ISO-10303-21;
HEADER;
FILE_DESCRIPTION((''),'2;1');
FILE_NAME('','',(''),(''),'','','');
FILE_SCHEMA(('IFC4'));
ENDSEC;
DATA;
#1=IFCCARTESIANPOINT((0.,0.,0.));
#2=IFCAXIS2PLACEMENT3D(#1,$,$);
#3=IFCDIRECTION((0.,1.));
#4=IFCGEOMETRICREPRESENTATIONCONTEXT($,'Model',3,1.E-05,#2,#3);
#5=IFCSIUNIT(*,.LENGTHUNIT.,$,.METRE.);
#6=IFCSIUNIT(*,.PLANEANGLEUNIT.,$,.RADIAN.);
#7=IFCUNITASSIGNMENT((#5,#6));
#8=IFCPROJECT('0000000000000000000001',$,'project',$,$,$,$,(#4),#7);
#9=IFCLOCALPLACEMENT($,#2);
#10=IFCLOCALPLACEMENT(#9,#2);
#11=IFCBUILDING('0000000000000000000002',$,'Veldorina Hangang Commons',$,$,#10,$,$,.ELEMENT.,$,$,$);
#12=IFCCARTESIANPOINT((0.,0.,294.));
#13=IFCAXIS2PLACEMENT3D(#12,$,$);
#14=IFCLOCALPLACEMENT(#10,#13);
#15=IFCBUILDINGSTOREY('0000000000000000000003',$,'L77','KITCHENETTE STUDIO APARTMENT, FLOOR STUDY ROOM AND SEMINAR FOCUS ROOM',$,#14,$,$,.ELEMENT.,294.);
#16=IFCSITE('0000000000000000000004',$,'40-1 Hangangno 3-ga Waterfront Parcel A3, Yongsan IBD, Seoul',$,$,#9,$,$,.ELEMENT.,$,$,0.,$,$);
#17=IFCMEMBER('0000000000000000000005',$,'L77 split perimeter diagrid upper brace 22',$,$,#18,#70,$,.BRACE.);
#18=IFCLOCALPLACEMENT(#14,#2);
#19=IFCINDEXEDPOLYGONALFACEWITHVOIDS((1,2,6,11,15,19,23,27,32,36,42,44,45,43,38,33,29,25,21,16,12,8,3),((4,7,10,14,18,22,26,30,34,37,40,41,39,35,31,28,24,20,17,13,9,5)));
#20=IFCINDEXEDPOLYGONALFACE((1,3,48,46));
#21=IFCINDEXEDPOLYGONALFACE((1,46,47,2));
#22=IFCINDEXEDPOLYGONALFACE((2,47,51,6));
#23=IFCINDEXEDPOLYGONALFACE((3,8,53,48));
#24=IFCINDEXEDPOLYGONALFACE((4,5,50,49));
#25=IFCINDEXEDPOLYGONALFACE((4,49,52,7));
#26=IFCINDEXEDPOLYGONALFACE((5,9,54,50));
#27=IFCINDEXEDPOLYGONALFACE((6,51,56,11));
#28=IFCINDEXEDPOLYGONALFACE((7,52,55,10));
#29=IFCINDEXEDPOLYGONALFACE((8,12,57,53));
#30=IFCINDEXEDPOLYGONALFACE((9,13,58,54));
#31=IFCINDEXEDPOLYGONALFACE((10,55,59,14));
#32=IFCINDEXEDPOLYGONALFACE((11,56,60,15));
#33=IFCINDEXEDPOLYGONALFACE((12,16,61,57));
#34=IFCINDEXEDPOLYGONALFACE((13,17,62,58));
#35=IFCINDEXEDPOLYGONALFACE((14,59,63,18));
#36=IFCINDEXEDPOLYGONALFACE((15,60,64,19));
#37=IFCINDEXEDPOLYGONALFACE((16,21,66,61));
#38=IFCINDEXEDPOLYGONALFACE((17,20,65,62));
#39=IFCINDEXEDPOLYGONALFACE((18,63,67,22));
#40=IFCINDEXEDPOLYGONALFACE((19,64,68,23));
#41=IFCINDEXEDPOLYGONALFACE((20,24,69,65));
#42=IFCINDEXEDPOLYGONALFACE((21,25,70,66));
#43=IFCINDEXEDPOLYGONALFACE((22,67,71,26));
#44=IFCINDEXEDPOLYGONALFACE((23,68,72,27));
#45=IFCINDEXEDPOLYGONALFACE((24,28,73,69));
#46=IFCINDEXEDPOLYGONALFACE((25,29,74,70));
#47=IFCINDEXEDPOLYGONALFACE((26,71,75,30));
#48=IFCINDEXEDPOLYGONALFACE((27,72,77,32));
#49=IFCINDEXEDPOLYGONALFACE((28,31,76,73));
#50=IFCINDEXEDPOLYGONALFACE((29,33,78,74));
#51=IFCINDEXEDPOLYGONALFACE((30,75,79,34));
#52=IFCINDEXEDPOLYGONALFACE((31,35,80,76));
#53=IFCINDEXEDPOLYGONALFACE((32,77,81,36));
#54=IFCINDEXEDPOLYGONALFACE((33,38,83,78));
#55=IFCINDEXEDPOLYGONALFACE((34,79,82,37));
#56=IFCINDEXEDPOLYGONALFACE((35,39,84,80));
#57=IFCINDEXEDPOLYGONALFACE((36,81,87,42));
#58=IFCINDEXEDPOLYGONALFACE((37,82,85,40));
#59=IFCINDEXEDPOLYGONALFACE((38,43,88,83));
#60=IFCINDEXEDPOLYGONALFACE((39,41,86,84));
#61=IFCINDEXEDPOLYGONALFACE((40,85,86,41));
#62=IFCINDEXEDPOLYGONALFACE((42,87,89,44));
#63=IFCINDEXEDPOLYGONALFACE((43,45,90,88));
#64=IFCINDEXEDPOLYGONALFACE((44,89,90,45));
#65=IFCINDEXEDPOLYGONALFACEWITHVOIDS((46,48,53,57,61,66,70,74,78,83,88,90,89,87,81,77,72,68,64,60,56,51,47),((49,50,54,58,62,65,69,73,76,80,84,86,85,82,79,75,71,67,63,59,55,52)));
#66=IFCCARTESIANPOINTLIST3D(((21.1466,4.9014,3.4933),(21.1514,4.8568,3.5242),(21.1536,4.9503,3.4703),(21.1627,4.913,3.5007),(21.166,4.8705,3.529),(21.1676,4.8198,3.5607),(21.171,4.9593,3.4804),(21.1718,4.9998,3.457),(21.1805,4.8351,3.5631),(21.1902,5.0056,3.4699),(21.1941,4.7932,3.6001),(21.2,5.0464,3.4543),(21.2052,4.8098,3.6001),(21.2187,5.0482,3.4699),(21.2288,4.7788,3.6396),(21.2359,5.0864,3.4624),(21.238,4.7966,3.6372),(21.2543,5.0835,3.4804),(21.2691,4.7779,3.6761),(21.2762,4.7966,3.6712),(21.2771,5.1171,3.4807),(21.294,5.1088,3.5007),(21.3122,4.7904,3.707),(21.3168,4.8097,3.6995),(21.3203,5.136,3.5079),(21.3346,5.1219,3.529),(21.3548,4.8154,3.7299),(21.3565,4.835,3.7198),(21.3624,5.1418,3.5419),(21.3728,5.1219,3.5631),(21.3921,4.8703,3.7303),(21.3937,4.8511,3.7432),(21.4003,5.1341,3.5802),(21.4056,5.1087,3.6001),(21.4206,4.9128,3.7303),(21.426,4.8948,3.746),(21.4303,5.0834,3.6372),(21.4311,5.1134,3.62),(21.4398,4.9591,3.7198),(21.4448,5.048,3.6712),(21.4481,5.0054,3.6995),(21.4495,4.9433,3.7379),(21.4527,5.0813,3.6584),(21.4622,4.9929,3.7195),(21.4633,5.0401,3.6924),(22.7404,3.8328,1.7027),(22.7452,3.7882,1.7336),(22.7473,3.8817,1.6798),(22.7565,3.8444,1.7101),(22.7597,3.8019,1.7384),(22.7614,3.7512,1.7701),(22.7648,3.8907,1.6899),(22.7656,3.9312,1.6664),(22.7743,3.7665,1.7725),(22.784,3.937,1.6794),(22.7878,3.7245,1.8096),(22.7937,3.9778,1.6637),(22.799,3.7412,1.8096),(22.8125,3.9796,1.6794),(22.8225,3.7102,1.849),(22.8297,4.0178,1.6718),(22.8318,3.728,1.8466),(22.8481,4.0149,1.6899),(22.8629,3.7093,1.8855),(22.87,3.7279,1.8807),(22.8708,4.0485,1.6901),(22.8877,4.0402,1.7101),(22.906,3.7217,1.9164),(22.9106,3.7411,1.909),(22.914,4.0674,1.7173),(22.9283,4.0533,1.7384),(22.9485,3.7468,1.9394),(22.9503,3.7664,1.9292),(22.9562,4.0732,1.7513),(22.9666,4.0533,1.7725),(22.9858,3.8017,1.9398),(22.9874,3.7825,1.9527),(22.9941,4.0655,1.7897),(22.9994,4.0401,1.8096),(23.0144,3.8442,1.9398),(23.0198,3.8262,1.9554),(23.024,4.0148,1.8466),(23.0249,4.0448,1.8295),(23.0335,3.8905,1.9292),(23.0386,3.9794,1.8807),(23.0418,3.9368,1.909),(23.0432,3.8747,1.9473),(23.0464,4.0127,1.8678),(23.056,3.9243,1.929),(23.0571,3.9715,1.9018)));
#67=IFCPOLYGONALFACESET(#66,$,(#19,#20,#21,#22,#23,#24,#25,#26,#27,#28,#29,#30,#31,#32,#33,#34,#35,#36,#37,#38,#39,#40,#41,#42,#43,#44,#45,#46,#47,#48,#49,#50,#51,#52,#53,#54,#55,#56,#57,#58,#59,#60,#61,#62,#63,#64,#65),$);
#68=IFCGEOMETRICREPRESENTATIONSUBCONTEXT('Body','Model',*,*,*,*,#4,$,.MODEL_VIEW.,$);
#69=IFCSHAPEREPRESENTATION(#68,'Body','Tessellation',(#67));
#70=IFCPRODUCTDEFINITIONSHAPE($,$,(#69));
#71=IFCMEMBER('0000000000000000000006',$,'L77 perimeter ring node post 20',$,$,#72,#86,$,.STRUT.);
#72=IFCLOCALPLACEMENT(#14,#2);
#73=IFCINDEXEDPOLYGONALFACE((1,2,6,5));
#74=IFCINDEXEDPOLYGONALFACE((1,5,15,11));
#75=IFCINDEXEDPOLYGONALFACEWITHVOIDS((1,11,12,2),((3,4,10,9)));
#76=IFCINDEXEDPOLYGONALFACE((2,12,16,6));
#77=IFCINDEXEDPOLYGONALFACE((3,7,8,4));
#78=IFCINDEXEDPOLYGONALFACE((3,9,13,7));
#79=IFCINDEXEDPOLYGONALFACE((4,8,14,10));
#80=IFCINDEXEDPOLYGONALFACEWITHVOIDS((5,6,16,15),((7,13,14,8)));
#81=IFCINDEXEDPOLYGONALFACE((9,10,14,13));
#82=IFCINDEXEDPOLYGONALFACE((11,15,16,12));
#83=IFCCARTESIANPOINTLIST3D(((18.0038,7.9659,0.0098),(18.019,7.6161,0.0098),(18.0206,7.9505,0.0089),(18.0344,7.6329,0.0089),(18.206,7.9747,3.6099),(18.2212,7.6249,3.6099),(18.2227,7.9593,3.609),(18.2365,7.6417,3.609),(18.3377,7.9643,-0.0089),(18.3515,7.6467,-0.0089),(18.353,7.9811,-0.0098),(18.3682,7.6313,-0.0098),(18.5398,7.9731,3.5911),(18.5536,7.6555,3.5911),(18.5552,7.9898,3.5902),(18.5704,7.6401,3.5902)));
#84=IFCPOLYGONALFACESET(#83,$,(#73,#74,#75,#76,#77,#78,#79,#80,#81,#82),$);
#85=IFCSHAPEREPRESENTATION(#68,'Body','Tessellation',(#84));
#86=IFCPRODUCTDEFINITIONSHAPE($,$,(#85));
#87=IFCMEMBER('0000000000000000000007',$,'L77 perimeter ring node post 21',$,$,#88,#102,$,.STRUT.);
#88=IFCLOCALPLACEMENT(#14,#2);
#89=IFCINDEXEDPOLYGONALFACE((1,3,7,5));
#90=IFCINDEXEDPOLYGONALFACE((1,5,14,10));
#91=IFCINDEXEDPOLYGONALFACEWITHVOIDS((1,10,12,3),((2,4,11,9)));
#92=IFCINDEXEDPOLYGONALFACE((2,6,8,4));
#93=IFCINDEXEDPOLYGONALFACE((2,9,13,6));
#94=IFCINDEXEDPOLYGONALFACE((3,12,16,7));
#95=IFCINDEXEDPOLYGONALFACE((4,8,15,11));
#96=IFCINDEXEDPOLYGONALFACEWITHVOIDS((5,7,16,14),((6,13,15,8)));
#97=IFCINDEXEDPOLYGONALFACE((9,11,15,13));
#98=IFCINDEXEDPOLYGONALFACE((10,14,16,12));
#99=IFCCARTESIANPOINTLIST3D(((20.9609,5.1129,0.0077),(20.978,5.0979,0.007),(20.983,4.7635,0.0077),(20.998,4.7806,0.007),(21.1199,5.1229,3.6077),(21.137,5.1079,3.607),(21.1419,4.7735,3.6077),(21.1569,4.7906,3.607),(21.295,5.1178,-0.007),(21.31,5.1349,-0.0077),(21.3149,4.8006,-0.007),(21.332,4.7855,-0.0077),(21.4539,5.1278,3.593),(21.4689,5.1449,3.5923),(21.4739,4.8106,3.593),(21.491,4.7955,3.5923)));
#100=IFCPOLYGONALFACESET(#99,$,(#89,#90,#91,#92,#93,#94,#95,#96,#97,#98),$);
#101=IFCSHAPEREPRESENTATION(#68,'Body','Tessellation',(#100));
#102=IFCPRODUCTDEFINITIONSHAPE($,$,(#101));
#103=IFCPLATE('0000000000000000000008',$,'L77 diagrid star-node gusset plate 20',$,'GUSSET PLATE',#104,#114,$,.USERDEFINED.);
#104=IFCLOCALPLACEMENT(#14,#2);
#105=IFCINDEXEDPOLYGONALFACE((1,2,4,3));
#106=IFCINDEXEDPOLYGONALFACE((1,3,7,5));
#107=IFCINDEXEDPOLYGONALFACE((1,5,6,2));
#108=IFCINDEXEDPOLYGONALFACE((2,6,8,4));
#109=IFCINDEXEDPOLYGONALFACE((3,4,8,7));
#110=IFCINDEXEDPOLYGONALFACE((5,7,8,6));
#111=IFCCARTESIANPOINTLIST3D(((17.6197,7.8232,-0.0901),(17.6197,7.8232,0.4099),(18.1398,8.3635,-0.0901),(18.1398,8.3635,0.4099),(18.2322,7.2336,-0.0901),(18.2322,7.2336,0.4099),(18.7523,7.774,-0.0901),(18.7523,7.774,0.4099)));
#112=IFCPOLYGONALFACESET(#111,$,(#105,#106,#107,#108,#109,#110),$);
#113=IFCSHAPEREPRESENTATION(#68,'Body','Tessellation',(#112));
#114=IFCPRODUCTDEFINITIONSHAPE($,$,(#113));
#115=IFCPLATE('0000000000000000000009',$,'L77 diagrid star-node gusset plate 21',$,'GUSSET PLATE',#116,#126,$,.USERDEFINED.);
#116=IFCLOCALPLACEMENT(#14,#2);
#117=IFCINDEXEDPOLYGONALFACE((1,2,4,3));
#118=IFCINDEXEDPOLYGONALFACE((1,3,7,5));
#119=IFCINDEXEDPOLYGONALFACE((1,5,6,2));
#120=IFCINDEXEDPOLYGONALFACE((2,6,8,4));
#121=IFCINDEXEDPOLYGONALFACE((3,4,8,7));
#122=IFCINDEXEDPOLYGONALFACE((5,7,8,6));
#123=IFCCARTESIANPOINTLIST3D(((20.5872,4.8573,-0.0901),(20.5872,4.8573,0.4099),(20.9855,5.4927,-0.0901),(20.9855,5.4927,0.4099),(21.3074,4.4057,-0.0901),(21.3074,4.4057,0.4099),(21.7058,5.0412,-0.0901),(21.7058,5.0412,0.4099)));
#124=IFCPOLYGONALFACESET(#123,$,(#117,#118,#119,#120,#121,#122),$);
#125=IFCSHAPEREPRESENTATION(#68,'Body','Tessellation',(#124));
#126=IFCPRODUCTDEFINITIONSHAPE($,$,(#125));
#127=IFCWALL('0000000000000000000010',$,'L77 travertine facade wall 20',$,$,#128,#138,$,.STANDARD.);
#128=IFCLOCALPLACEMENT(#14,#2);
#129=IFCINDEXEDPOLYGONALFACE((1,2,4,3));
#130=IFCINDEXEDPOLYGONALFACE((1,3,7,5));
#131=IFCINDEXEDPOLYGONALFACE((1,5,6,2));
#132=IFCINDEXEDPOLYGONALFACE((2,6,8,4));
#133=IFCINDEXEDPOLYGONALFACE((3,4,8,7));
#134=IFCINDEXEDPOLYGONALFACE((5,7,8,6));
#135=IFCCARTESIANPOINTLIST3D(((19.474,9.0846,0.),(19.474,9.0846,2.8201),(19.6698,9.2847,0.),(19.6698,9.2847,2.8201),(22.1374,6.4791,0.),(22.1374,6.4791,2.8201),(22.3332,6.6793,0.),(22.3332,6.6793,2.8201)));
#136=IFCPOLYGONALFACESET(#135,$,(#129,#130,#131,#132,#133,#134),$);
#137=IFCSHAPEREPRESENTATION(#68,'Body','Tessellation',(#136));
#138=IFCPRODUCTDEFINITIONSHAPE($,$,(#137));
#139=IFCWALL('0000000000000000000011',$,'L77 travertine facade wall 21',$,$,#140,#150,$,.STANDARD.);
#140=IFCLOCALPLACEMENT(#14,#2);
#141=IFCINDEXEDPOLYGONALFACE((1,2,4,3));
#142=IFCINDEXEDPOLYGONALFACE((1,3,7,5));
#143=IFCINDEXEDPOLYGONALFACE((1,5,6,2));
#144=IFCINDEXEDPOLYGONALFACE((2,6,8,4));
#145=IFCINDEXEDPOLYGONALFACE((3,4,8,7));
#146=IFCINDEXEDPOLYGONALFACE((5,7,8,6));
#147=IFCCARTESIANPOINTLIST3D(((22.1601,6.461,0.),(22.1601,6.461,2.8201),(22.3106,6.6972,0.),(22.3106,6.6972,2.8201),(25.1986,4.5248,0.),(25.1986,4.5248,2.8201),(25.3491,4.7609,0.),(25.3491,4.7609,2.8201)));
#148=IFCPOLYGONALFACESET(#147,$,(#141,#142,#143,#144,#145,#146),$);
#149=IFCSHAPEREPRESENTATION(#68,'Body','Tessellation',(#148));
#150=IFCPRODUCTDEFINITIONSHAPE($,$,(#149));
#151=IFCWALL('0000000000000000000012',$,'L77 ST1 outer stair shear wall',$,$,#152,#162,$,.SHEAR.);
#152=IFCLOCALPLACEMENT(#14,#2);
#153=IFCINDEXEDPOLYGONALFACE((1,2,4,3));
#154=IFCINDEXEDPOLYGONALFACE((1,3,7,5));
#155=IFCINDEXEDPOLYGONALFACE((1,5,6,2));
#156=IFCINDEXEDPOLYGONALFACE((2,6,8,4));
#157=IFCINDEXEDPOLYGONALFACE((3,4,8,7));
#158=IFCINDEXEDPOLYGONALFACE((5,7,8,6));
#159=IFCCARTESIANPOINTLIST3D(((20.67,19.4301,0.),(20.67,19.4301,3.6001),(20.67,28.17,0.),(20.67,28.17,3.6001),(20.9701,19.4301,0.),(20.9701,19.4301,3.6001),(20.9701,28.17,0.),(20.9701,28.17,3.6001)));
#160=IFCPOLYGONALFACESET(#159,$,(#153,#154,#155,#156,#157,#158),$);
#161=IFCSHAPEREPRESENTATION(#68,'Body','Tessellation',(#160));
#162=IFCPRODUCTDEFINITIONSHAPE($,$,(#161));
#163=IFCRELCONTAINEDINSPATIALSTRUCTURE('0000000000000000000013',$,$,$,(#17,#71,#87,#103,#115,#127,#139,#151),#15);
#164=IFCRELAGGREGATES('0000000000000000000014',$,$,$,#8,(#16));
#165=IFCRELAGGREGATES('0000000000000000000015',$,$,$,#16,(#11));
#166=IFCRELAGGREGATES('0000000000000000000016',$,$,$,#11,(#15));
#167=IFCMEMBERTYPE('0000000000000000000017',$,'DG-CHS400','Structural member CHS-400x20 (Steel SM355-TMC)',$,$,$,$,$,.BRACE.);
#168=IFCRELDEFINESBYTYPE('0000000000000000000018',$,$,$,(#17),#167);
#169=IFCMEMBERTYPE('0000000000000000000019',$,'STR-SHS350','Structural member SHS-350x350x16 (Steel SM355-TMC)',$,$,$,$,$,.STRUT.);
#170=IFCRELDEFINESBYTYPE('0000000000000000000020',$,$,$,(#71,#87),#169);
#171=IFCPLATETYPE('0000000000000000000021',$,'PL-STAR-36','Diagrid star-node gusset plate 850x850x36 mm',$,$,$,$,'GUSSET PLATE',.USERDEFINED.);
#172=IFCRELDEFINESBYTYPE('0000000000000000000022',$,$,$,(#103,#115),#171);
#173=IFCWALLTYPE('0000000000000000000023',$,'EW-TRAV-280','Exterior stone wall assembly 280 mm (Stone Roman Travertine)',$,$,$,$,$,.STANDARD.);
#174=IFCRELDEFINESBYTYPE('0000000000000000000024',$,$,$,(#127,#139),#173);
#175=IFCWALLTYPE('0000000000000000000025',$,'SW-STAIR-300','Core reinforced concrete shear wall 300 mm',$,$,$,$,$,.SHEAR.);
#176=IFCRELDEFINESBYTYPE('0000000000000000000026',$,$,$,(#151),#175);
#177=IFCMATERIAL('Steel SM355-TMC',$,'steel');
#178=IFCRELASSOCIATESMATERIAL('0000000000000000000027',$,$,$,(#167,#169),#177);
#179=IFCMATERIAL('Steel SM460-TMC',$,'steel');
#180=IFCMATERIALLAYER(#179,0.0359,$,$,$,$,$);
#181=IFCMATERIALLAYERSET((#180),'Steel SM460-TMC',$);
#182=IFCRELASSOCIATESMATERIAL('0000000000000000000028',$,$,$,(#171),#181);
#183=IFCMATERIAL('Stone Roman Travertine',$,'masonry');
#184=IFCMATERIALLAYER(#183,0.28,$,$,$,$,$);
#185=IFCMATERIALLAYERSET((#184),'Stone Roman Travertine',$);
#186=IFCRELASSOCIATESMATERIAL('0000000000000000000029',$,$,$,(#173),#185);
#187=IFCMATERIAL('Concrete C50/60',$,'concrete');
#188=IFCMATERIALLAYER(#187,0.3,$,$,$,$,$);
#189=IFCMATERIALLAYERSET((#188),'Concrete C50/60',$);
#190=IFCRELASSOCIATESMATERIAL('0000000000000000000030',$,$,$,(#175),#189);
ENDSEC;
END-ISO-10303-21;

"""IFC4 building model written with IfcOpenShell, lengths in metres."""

from ifc_helpers import new_model, si_unit, direction, frame, frame_2d, origin, origin_2d, place, context, subcontext, project, spatial, rectangle, hollow_rectangle, hollow_circle, extrude, material, layer, layer_set, material_profile, profile_set, type_object, element, save


model = new_model("IFC4")

# Units and contexts
model_context = context("Model", 3, precision=1e-05, world=origin(), true_north=direction((0.0, 1.0)))
body_context = subcontext(model_context, "Body", "Model", "MODEL_VIEW")
ifc_project = project(units=[si_unit("LENGTHUNIT", "METRE"), si_unit("PLANEANGLEUNIT", "RADIAN")], contexts=[model_context])

# Site, building, storey
site_placement = place(None, origin())
site = spatial("IfcSite", under=ifc_project, at=site_placement, Name="40-1 Hangangno 3-ga Waterfront Parcel A3, Yongsan IBD, Seoul", CompositionType="ELEMENT", RefElevation=0.0)
building_placement = place(site_placement, origin())
building = spatial("IfcBuilding", under=site, at=building_placement, Name="Veldorina Hangang Commons", CompositionType="ELEMENT")
storey_placement = place(building_placement, frame((0.0, 0.0, 294.0)))
storey = spatial("IfcBuildingStorey", under=building, at=storey_placement, Name="L77", Description="KITCHENETTE STUDIO APARTMENT, FLOOR STUDY ROOM AND SEMINAR FOCUS ROOM", CompositionType="ELEMENT", Elevation=294.0)

# Shared definitions
ifc_material_1 = material(Name="Steel SM460-TMC", Category="steel")
ifc_material_2 = material(Name="Steel SM355-TMC", Category="steel")

# Members
ifc_material_profile_1 = material_profile(ifc_material_2, hollow_circle(Radius=0.2, WallThickness=0.02, at=origin_2d()), Name="CHS-400x20")
ifc_profile_set_1 = profile_set([ifc_material_profile_1], Name="Steel SM355-TMC")
member_type_1 = type_object("IfcMemberType", Name="DG-CHS400", Description="Structural member CHS-400x20 (Steel SM355-TMC)", PredefinedType="BRACE", material=ifc_profile_set_1)
member_1_placement = place(storey_placement, frame((22.8992, 3.8906, 1.8096), z_axis=(-0.607261, 0.407166, 0.682239), x_axis=(-0.5569, -0.830579, 0.0)))
element("IfcMember", 1, at=member_1_placement, inside=storey, type_object=member_type_1, Name="L77 split perimeter diagrid upper brace 22", PredefinedType="BRACE", context=body_context, shape_type="SweptSolid", body=[
    extrude(hollow_circle(Radius=0.2, WallThickness=0.02, at=origin_2d()), origin(), (0.0, 0.0, 1.0), 2.6245),
])
ifc_material_profile_2 = material_profile(ifc_material_2, hollow_rectangle(XDim=0.3501, YDim=0.3501, WallThickness=0.0161, at=origin_2d()), Name="SHS-350x350x16")
ifc_profile_set_2 = profile_set([ifc_material_profile_2], Name="Steel SM355-TMC")
member_type_2 = type_object("IfcMemberType", Name="STR-SHS350", Description="Structural member SHS-350x350x16 (Steel SM355-TMC)", PredefinedType="STRUT", material=ifc_profile_set_2)
member_2_placement = place(storey_placement, frame((18.186, 7.7986, 0.0), z_axis=(0.056062, 0.002437, 0.998424), x_axis=(-0.043437, 0.999056, 0.0)))
element("IfcMember", 2, at=member_2_placement, inside=storey, type_object=member_type_2, Name="L77 perimeter ring node post 20", PredefinedType="STRUT", context=body_context, shape_type="SweptSolid", body=[
    extrude(hollow_rectangle(XDim=0.3501, YDim=0.3501, WallThickness=0.0161, at=origin_2d()), origin(), (0.0, 0.0, 1.0), 3.6057),
])
member_3_placement = place(storey_placement, frame((21.1465, 4.9492, 0.0), z_axis=(0.044104, 0.002778, 0.999023), x_axis=(-0.062855, 0.998023, 0.0)))
element("IfcMember", 3, at=member_3_placement, inside=storey, type_object=member_type_2, Name="L77 perimeter ring node post 21", PredefinedType="STRUT", context=body_context, shape_type="SweptSolid", body=[
    extrude(hollow_rectangle(XDim=0.3501, YDim=0.3501, WallThickness=0.0161, at=origin_2d()), origin(), (0.0, 0.0, 1.0), 3.6035),
])

# Plates
ifc_layer_1 = layer(ifc_material_1, 0.0359)
ifc_layer_set_1 = layer_set([ifc_layer_1], Name="Steel SM460-TMC")
plate_type = type_object("IfcPlateType", Name="PL-STAR-36", Description="Diagrid star-node gusset plate 850x850x36 mm", ElementType="GUSSET PLATE", PredefinedType="USERDEFINED", material=ifc_layer_set_1)
for number, where, z_axis, x_axis, name in (
    (4, (18.186, 7.7986, -0.0901), (0.0, 0.0, 1.0), (0.720491, -0.693465, 0.0), "L77 diagrid star-node gusset plate 20"),
    (5, (21.1465, 4.9492, -0.0901), (0.0, 0.0, 1.0), (0.84728, -0.531147, 0.0), "L77 diagrid star-node gusset plate 21"),
):
    element("IfcPlate", number, at=place(storey_placement, frame(where, z_axis=z_axis, x_axis=x_axis)), inside=storey, type_object=plate_type, Name=name, ObjectType="GUSSET PLATE", PredefinedType="USERDEFINED", context=body_context, shape_type="SweptSolid", body=[
        extrude(rectangle(XDim=0.8501, YDim=0.75, at=origin_2d()), origin(), (0.0, 0.0, 1.0), 0.5),
    ])

# Walls
ifc_material_3 = material(Name="Stone Roman Travertine", Category="masonry")
ifc_layer_2 = layer(ifc_material_3, 0.28)
ifc_layer_set_2 = layer_set([ifc_layer_2], Name="Stone Roman Travertine")
wall_type_1 = type_object("IfcWallType", Name="EW-TRAV-280", Description="Exterior stone wall assembly 280 mm (Stone Roman Travertine)", PredefinedType="STANDARD", material=ifc_layer_set_2)
wall_1_placement = place(storey_placement, frame((19.572, 9.1846, 0.0), z_axis=(0.0, 0.0, 1.0), x_axis=(0.714829, -0.699299, 0.0)))
element("IfcWall", 6, at=wall_1_placement, inside=storey, type_object=wall_type_1, Name="L77 travertine facade wall 20", PredefinedType="STANDARD", context=body_context, shape_type="SweptSolid", body=[
    extrude(rectangle(XDim=3.7258, YDim=0.28, at=frame_2d((1.8628, 0.0))), origin(), (0.0, 0.0, 1.0), 2.8201),
])
wall_2_placement = place(storey_placement, frame((22.2354, 6.5791, 0.0), z_axis=(0.0, 0.0, 1.0), x_axis=(0.843329, -0.537397, 0.0)))
element("IfcWall", 7, at=wall_2_placement, inside=storey, type_object=wall_type_1, Name="L77 travertine facade wall 21", PredefinedType="STANDARD", context=body_context, shape_type="SweptSolid", body=[
    extrude(rectangle(XDim=3.603, YDim=0.28, at=frame_2d((1.8015, 0.0))), origin(), (0.0, 0.0, 1.0), 2.8201),
])
ifc_material_4 = material(Name="Concrete C50/60", Category="concrete")
ifc_layer_3 = layer(ifc_material_4, 0.3)
ifc_layer_set_3 = layer_set([ifc_layer_3], Name="Concrete C50/60")
wall_type_2 = type_object("IfcWallType", Name="SW-STAIR-300", Description="Core reinforced concrete shear wall 300 mm", PredefinedType="SHEAR", material=ifc_layer_set_3)
wall_3_placement = place(storey_placement, frame((20.8201, 19.4299, 0.0), z_axis=(0.0, 0.0, 1.0), x_axis=(0.0, 1.0, 0.0)))
element("IfcWall", 8, at=wall_3_placement, inside=storey, type_object=wall_type_2, Name="L77 ST1 outer stair shear wall", PredefinedType="SHEAR", context=body_context, shape_type="SweptSolid", body=[
    extrude(rectangle(XDim=8.74, YDim=0.3, at=frame_2d((4.3701, 0.0))), origin(), (0.0, 0.0, 1.0), 3.6001),
])

save(model, "model.ifc")
